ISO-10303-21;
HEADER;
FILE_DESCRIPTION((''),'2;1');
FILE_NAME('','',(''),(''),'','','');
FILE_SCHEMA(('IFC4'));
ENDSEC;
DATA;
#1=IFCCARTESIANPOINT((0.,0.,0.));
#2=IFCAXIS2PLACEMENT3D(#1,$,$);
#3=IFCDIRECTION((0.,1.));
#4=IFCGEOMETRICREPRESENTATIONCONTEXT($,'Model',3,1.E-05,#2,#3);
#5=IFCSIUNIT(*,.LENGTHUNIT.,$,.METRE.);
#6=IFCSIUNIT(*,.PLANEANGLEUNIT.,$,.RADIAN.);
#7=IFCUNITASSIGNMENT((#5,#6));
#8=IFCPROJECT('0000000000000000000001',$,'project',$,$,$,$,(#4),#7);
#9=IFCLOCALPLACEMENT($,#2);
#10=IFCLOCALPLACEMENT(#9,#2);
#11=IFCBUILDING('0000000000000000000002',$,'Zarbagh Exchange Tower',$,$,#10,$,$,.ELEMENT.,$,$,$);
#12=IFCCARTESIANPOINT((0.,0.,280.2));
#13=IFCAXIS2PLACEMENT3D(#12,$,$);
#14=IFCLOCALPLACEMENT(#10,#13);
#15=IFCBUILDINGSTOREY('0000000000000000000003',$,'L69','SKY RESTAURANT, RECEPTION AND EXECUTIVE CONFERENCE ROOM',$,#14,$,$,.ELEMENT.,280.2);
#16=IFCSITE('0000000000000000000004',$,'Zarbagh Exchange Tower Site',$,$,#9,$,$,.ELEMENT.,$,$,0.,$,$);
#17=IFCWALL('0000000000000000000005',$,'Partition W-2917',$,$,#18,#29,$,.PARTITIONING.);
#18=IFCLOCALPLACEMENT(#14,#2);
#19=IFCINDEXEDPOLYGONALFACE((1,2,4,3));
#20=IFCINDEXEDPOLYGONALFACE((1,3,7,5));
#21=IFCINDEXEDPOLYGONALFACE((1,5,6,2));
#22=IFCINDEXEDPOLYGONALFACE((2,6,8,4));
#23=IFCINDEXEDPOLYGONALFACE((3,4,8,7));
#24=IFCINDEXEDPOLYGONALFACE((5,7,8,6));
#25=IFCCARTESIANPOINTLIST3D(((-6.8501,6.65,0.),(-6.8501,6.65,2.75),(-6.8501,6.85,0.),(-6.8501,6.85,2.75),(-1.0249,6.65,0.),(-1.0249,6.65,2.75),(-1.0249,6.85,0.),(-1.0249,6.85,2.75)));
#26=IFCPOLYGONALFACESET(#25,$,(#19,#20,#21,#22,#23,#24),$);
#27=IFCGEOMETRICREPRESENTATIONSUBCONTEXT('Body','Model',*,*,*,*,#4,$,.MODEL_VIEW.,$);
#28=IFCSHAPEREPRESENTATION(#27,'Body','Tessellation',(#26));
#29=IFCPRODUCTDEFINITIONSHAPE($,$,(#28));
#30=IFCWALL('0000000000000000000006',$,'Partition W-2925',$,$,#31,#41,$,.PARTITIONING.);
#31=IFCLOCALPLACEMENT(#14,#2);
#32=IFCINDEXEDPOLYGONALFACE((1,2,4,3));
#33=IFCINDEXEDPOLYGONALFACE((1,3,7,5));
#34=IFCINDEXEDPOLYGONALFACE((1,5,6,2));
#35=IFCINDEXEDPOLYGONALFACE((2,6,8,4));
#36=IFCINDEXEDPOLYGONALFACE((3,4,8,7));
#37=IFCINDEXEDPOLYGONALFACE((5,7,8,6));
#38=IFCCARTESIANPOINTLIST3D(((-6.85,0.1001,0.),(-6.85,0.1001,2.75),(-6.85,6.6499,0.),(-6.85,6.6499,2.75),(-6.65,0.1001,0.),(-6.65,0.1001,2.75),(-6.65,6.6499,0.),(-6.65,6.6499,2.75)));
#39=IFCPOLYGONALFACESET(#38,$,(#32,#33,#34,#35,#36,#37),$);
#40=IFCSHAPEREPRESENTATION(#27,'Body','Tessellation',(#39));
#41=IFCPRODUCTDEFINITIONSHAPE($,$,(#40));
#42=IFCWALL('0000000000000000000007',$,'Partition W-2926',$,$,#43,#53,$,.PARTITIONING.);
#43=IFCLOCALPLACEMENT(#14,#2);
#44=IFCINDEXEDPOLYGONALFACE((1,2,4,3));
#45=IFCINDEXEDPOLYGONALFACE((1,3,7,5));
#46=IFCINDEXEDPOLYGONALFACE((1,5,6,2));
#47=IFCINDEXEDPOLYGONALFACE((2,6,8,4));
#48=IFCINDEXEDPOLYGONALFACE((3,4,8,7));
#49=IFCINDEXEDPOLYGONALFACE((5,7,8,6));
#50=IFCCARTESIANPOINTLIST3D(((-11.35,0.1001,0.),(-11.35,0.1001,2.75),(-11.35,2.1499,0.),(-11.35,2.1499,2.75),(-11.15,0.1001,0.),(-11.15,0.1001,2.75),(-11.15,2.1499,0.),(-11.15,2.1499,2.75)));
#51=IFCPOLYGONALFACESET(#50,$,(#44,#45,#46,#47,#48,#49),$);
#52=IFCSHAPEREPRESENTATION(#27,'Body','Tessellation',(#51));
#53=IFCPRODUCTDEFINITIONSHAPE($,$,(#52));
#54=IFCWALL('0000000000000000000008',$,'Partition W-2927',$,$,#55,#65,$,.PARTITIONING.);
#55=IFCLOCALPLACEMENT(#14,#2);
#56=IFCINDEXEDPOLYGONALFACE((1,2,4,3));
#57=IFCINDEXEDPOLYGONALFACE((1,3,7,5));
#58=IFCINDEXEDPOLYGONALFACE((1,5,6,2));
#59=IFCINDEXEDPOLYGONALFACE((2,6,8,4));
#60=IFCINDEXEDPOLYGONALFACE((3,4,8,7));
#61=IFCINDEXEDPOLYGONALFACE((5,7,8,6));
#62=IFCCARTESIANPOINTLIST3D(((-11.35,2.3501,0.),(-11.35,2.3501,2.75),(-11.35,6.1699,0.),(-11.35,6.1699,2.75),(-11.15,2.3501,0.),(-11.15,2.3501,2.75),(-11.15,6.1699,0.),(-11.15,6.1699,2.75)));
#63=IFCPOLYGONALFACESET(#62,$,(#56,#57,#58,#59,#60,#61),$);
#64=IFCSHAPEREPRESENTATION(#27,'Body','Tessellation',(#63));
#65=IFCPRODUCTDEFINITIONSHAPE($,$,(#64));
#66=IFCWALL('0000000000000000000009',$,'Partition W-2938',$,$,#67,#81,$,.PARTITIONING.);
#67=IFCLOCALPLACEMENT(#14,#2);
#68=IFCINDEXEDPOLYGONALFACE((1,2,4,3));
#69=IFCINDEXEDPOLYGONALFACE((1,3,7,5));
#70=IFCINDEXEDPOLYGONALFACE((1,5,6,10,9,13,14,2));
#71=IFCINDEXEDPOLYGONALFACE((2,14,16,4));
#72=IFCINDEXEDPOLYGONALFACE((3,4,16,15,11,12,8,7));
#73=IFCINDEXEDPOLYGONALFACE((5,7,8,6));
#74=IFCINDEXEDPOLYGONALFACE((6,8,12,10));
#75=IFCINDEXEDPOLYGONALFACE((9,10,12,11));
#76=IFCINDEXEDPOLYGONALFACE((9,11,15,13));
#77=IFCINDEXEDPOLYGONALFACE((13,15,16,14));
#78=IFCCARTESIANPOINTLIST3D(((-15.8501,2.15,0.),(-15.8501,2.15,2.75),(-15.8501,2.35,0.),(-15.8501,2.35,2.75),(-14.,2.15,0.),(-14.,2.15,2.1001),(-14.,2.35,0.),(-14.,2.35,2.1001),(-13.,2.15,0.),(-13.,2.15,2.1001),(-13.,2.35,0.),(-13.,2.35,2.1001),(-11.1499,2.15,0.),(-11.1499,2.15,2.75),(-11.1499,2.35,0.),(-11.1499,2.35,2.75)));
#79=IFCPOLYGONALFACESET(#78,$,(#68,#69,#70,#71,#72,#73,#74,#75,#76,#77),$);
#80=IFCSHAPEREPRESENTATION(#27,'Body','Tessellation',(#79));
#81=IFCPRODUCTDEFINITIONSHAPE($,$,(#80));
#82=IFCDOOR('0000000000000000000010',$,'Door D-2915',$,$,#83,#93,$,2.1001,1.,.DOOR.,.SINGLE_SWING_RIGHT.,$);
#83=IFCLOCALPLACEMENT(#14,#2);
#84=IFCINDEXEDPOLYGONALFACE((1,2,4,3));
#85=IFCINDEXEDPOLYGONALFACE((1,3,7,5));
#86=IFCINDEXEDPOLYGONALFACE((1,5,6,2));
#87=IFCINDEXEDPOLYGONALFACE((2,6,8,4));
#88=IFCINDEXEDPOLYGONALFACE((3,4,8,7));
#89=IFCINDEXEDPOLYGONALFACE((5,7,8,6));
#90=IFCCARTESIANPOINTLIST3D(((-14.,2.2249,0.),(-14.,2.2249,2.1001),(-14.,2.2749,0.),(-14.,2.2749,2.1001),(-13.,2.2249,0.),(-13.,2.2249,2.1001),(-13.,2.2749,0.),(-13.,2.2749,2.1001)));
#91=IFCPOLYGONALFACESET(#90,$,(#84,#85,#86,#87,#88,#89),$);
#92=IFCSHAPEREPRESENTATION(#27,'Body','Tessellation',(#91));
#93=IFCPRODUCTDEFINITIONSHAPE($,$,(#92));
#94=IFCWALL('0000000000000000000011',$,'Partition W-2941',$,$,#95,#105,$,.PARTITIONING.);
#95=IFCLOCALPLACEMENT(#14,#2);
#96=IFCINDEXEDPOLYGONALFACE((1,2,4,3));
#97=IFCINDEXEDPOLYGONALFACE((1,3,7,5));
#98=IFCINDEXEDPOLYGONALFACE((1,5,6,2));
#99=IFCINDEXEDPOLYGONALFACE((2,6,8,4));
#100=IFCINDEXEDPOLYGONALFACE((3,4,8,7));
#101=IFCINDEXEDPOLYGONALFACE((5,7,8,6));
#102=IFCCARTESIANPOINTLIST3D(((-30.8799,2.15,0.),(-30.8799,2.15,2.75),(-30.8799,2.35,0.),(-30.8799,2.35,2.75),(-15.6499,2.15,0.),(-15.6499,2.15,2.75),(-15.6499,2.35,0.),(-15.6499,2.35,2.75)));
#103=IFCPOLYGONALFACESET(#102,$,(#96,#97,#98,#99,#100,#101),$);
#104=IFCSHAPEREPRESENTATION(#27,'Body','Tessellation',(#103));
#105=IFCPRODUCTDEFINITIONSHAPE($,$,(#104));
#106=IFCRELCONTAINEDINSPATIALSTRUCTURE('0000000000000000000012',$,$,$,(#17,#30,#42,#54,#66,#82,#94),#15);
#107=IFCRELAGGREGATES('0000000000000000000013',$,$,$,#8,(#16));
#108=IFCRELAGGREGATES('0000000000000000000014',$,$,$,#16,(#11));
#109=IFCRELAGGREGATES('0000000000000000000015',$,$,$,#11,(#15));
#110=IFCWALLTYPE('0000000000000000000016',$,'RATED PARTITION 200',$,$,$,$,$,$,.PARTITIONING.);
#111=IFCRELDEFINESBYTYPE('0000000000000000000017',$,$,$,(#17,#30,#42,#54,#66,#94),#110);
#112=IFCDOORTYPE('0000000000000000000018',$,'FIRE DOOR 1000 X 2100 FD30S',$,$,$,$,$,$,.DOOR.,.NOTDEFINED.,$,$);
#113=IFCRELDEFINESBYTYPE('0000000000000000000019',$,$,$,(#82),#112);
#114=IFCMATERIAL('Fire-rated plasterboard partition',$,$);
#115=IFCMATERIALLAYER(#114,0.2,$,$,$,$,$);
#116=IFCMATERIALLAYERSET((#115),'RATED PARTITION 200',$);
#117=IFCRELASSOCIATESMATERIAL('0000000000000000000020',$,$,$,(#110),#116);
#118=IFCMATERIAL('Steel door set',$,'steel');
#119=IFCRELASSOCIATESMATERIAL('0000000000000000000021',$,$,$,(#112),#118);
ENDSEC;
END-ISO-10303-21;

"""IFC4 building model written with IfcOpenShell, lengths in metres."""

from ifc_helpers import new_model, si_unit, direction, frame, frame_2d, origin, place, context, subcontext, project, spatial, rectangle, extrude, material, layer, layer_set, type_object, element, fill, save


model = new_model("IFC4")

# Units and contexts
model_context = context("Model", 3, precision=1e-05, world=origin(), true_north=direction((0.0, 1.0)))
body_context = subcontext(model_context, "Body", "Model", "MODEL_VIEW")
ifc_project = project(units=[si_unit("LENGTHUNIT", "METRE"), si_unit("PLANEANGLEUNIT", "RADIAN")], contexts=[model_context])

# Site, building, storey
site_placement = place(None, origin())
site = spatial("IfcSite", under=ifc_project, at=site_placement, Name="Zarbagh Exchange Tower Site", CompositionType="ELEMENT", RefElevation=0.0)
building_placement = place(site_placement, origin())
building = spatial("IfcBuilding", under=site, at=building_placement, Name="Zarbagh Exchange Tower", CompositionType="ELEMENT")
storey_placement = place(building_placement, frame((0.0, 0.0, 280.2)))
storey = spatial("IfcBuildingStorey", under=building, at=storey_placement, Name="L69", Description="SKY RESTAURANT, RECEPTION AND EXECUTIVE CONFERENCE ROOM", CompositionType="ELEMENT", Elevation=280.2)

# Walls
ifc_material_1 = material(Name="Fire-rated plasterboard partition")
ifc_layer = layer(ifc_material_1, 0.2)
ifc_layer_set = layer_set([ifc_layer], Name="RATED PARTITION 200")
wall_type = type_object("IfcWallType", Name="RATED PARTITION 200", PredefinedType="PARTITIONING", material=ifc_layer_set)
wall_1_placement = place(storey_placement, frame((-6.8501, 6.75, 0.0), z_axis=(0.0, 0.0, 1.0), x_axis=(1.0, 0.0, 0.0)))
element("IfcWall", 1, at=wall_1_placement, inside=storey, type_object=wall_type, Name="Partition W-2917", PredefinedType="PARTITIONING", context=body_context, shape_type="SweptSolid", body=[
    extrude(rectangle(XDim=5.8252, YDim=0.2, at=frame_2d((2.9126, 0.0))), origin(), (0.0, 0.0, 1.0), 2.75),
])
wall_2_placement = place(storey_placement, frame((-6.75, 0.1001, 0.0), z_axis=(0.0, 0.0, 1.0), x_axis=(0.0, 1.0, 0.0)))
element("IfcWall", 2, at=wall_2_placement, inside=storey, type_object=wall_type, Name="Partition W-2925", PredefinedType="PARTITIONING", context=body_context, shape_type="SweptSolid", body=[
    extrude(rectangle(XDim=6.5498, YDim=0.2, at=frame_2d((3.2749, 0.0))), origin(), (0.0, 0.0, 1.0), 2.75),
])
wall_3_placement = place(storey_placement, frame((-11.25, 0.1001, 0.0), z_axis=(0.0, 0.0, 1.0), x_axis=(0.0, 1.0, 0.0)))
element("IfcWall", 3, at=wall_3_placement, inside=storey, type_object=wall_type, Name="Partition W-2926", PredefinedType="PARTITIONING", context=body_context, shape_type="SweptSolid", body=[
    extrude(rectangle(XDim=2.0498, YDim=0.2, at=frame_2d((1.0249, 0.0))), origin(), (0.0, 0.0, 1.0), 2.75),
])
wall_4_placement = place(storey_placement, frame((-11.25, 2.3501, 0.0), z_axis=(0.0, 0.0, 1.0), x_axis=(0.0, 1.0, 0.0)))
element("IfcWall", 4, at=wall_4_placement, inside=storey, type_object=wall_type, Name="Partition W-2927", PredefinedType="PARTITIONING", context=body_context, shape_type="SweptSolid", body=[
    extrude(rectangle(XDim=3.8198, YDim=0.2, at=frame_2d((1.9099, 0.0))), origin(), (0.0, 0.0, 1.0), 2.75),
])

# Wall, opening, door
wall_5_placement = place(storey_placement, frame((-15.8501, 2.25, 0.0), z_axis=(0.0, 0.0, 1.0), x_axis=(1.0, 0.0, 0.0)))
wall_5 = element("IfcWall", 5, at=wall_5_placement, inside=storey, type_object=wall_type, Name="Partition W-2938", PredefinedType="PARTITIONING", context=body_context, shape_type="SweptSolid", body=[
    extrude(rectangle(XDim=4.7002, YDim=0.2, at=frame_2d((2.3501, 0.0))), origin(), (0.0, 0.0, 1.0), 2.75),
])
opening_placement = place(wall_5_placement, frame((1.8501, 0.0, 0.0)))
opening = element("IfcOpeningElement", 6, at=opening_placement, cuts=wall_5, PredefinedType="OPENING", context=body_context, shape_type="SweptSolid", body=[
    extrude(rectangle(XDim=1.0, YDim=2.1001, at=frame_2d((0.5, 1.05))), frame((0.0, 0.1099, 0.0), z_axis=(0.0, -1.0, 0.0), x_axis=(1.0, 0.0, 0.0)), (0.0, 0.0, 1.0), 0.22),
])
ifc_material_2 = material(Name="Steel door set", Category="steel")
door_type = type_object("IfcDoorType", Name="FIRE DOOR 1000 X 2100 FD30S", OperationType="NOTDEFINED", PredefinedType="DOOR", material=ifc_material_2)
door_placement = place(opening_placement, origin())
door = element("IfcDoor", 7, at=door_placement, inside=storey, type_object=door_type, Name="Door D-2915", OperationType="SINGLE_SWING_RIGHT", OverallHeight=2.1001, OverallWidth=1.0, PredefinedType="DOOR", context=body_context, shape_type="SweptSolid", body=[
    extrude(rectangle(XDim=1.0, YDim=2.1001, at=frame_2d((0.5, 1.05))), frame((0.0, 0.0249, 0.0), z_axis=(0.0, -1.0, 0.0), x_axis=(1.0, 0.0, 0.0)), (0.0, 0.0, 1.0), 0.05),
])
fill(opening, door)

# Wall
wall_6_placement = place(storey_placement, frame((-30.8799, 2.25, 0.0), z_axis=(0.0, 0.0, 1.0), x_axis=(1.0, 0.0, 0.0)))
element("IfcWall", 8, at=wall_6_placement, inside=storey, type_object=wall_type, Name="Partition W-2941", PredefinedType="PARTITIONING", context=body_context, shape_type="SweptSolid", body=[
    extrude(rectangle(XDim=15.23, YDim=0.2, at=frame_2d((7.615, 0.0))), origin(), (0.0, 0.0, 1.0), 2.75),
])

save(model, "model.ifc")
